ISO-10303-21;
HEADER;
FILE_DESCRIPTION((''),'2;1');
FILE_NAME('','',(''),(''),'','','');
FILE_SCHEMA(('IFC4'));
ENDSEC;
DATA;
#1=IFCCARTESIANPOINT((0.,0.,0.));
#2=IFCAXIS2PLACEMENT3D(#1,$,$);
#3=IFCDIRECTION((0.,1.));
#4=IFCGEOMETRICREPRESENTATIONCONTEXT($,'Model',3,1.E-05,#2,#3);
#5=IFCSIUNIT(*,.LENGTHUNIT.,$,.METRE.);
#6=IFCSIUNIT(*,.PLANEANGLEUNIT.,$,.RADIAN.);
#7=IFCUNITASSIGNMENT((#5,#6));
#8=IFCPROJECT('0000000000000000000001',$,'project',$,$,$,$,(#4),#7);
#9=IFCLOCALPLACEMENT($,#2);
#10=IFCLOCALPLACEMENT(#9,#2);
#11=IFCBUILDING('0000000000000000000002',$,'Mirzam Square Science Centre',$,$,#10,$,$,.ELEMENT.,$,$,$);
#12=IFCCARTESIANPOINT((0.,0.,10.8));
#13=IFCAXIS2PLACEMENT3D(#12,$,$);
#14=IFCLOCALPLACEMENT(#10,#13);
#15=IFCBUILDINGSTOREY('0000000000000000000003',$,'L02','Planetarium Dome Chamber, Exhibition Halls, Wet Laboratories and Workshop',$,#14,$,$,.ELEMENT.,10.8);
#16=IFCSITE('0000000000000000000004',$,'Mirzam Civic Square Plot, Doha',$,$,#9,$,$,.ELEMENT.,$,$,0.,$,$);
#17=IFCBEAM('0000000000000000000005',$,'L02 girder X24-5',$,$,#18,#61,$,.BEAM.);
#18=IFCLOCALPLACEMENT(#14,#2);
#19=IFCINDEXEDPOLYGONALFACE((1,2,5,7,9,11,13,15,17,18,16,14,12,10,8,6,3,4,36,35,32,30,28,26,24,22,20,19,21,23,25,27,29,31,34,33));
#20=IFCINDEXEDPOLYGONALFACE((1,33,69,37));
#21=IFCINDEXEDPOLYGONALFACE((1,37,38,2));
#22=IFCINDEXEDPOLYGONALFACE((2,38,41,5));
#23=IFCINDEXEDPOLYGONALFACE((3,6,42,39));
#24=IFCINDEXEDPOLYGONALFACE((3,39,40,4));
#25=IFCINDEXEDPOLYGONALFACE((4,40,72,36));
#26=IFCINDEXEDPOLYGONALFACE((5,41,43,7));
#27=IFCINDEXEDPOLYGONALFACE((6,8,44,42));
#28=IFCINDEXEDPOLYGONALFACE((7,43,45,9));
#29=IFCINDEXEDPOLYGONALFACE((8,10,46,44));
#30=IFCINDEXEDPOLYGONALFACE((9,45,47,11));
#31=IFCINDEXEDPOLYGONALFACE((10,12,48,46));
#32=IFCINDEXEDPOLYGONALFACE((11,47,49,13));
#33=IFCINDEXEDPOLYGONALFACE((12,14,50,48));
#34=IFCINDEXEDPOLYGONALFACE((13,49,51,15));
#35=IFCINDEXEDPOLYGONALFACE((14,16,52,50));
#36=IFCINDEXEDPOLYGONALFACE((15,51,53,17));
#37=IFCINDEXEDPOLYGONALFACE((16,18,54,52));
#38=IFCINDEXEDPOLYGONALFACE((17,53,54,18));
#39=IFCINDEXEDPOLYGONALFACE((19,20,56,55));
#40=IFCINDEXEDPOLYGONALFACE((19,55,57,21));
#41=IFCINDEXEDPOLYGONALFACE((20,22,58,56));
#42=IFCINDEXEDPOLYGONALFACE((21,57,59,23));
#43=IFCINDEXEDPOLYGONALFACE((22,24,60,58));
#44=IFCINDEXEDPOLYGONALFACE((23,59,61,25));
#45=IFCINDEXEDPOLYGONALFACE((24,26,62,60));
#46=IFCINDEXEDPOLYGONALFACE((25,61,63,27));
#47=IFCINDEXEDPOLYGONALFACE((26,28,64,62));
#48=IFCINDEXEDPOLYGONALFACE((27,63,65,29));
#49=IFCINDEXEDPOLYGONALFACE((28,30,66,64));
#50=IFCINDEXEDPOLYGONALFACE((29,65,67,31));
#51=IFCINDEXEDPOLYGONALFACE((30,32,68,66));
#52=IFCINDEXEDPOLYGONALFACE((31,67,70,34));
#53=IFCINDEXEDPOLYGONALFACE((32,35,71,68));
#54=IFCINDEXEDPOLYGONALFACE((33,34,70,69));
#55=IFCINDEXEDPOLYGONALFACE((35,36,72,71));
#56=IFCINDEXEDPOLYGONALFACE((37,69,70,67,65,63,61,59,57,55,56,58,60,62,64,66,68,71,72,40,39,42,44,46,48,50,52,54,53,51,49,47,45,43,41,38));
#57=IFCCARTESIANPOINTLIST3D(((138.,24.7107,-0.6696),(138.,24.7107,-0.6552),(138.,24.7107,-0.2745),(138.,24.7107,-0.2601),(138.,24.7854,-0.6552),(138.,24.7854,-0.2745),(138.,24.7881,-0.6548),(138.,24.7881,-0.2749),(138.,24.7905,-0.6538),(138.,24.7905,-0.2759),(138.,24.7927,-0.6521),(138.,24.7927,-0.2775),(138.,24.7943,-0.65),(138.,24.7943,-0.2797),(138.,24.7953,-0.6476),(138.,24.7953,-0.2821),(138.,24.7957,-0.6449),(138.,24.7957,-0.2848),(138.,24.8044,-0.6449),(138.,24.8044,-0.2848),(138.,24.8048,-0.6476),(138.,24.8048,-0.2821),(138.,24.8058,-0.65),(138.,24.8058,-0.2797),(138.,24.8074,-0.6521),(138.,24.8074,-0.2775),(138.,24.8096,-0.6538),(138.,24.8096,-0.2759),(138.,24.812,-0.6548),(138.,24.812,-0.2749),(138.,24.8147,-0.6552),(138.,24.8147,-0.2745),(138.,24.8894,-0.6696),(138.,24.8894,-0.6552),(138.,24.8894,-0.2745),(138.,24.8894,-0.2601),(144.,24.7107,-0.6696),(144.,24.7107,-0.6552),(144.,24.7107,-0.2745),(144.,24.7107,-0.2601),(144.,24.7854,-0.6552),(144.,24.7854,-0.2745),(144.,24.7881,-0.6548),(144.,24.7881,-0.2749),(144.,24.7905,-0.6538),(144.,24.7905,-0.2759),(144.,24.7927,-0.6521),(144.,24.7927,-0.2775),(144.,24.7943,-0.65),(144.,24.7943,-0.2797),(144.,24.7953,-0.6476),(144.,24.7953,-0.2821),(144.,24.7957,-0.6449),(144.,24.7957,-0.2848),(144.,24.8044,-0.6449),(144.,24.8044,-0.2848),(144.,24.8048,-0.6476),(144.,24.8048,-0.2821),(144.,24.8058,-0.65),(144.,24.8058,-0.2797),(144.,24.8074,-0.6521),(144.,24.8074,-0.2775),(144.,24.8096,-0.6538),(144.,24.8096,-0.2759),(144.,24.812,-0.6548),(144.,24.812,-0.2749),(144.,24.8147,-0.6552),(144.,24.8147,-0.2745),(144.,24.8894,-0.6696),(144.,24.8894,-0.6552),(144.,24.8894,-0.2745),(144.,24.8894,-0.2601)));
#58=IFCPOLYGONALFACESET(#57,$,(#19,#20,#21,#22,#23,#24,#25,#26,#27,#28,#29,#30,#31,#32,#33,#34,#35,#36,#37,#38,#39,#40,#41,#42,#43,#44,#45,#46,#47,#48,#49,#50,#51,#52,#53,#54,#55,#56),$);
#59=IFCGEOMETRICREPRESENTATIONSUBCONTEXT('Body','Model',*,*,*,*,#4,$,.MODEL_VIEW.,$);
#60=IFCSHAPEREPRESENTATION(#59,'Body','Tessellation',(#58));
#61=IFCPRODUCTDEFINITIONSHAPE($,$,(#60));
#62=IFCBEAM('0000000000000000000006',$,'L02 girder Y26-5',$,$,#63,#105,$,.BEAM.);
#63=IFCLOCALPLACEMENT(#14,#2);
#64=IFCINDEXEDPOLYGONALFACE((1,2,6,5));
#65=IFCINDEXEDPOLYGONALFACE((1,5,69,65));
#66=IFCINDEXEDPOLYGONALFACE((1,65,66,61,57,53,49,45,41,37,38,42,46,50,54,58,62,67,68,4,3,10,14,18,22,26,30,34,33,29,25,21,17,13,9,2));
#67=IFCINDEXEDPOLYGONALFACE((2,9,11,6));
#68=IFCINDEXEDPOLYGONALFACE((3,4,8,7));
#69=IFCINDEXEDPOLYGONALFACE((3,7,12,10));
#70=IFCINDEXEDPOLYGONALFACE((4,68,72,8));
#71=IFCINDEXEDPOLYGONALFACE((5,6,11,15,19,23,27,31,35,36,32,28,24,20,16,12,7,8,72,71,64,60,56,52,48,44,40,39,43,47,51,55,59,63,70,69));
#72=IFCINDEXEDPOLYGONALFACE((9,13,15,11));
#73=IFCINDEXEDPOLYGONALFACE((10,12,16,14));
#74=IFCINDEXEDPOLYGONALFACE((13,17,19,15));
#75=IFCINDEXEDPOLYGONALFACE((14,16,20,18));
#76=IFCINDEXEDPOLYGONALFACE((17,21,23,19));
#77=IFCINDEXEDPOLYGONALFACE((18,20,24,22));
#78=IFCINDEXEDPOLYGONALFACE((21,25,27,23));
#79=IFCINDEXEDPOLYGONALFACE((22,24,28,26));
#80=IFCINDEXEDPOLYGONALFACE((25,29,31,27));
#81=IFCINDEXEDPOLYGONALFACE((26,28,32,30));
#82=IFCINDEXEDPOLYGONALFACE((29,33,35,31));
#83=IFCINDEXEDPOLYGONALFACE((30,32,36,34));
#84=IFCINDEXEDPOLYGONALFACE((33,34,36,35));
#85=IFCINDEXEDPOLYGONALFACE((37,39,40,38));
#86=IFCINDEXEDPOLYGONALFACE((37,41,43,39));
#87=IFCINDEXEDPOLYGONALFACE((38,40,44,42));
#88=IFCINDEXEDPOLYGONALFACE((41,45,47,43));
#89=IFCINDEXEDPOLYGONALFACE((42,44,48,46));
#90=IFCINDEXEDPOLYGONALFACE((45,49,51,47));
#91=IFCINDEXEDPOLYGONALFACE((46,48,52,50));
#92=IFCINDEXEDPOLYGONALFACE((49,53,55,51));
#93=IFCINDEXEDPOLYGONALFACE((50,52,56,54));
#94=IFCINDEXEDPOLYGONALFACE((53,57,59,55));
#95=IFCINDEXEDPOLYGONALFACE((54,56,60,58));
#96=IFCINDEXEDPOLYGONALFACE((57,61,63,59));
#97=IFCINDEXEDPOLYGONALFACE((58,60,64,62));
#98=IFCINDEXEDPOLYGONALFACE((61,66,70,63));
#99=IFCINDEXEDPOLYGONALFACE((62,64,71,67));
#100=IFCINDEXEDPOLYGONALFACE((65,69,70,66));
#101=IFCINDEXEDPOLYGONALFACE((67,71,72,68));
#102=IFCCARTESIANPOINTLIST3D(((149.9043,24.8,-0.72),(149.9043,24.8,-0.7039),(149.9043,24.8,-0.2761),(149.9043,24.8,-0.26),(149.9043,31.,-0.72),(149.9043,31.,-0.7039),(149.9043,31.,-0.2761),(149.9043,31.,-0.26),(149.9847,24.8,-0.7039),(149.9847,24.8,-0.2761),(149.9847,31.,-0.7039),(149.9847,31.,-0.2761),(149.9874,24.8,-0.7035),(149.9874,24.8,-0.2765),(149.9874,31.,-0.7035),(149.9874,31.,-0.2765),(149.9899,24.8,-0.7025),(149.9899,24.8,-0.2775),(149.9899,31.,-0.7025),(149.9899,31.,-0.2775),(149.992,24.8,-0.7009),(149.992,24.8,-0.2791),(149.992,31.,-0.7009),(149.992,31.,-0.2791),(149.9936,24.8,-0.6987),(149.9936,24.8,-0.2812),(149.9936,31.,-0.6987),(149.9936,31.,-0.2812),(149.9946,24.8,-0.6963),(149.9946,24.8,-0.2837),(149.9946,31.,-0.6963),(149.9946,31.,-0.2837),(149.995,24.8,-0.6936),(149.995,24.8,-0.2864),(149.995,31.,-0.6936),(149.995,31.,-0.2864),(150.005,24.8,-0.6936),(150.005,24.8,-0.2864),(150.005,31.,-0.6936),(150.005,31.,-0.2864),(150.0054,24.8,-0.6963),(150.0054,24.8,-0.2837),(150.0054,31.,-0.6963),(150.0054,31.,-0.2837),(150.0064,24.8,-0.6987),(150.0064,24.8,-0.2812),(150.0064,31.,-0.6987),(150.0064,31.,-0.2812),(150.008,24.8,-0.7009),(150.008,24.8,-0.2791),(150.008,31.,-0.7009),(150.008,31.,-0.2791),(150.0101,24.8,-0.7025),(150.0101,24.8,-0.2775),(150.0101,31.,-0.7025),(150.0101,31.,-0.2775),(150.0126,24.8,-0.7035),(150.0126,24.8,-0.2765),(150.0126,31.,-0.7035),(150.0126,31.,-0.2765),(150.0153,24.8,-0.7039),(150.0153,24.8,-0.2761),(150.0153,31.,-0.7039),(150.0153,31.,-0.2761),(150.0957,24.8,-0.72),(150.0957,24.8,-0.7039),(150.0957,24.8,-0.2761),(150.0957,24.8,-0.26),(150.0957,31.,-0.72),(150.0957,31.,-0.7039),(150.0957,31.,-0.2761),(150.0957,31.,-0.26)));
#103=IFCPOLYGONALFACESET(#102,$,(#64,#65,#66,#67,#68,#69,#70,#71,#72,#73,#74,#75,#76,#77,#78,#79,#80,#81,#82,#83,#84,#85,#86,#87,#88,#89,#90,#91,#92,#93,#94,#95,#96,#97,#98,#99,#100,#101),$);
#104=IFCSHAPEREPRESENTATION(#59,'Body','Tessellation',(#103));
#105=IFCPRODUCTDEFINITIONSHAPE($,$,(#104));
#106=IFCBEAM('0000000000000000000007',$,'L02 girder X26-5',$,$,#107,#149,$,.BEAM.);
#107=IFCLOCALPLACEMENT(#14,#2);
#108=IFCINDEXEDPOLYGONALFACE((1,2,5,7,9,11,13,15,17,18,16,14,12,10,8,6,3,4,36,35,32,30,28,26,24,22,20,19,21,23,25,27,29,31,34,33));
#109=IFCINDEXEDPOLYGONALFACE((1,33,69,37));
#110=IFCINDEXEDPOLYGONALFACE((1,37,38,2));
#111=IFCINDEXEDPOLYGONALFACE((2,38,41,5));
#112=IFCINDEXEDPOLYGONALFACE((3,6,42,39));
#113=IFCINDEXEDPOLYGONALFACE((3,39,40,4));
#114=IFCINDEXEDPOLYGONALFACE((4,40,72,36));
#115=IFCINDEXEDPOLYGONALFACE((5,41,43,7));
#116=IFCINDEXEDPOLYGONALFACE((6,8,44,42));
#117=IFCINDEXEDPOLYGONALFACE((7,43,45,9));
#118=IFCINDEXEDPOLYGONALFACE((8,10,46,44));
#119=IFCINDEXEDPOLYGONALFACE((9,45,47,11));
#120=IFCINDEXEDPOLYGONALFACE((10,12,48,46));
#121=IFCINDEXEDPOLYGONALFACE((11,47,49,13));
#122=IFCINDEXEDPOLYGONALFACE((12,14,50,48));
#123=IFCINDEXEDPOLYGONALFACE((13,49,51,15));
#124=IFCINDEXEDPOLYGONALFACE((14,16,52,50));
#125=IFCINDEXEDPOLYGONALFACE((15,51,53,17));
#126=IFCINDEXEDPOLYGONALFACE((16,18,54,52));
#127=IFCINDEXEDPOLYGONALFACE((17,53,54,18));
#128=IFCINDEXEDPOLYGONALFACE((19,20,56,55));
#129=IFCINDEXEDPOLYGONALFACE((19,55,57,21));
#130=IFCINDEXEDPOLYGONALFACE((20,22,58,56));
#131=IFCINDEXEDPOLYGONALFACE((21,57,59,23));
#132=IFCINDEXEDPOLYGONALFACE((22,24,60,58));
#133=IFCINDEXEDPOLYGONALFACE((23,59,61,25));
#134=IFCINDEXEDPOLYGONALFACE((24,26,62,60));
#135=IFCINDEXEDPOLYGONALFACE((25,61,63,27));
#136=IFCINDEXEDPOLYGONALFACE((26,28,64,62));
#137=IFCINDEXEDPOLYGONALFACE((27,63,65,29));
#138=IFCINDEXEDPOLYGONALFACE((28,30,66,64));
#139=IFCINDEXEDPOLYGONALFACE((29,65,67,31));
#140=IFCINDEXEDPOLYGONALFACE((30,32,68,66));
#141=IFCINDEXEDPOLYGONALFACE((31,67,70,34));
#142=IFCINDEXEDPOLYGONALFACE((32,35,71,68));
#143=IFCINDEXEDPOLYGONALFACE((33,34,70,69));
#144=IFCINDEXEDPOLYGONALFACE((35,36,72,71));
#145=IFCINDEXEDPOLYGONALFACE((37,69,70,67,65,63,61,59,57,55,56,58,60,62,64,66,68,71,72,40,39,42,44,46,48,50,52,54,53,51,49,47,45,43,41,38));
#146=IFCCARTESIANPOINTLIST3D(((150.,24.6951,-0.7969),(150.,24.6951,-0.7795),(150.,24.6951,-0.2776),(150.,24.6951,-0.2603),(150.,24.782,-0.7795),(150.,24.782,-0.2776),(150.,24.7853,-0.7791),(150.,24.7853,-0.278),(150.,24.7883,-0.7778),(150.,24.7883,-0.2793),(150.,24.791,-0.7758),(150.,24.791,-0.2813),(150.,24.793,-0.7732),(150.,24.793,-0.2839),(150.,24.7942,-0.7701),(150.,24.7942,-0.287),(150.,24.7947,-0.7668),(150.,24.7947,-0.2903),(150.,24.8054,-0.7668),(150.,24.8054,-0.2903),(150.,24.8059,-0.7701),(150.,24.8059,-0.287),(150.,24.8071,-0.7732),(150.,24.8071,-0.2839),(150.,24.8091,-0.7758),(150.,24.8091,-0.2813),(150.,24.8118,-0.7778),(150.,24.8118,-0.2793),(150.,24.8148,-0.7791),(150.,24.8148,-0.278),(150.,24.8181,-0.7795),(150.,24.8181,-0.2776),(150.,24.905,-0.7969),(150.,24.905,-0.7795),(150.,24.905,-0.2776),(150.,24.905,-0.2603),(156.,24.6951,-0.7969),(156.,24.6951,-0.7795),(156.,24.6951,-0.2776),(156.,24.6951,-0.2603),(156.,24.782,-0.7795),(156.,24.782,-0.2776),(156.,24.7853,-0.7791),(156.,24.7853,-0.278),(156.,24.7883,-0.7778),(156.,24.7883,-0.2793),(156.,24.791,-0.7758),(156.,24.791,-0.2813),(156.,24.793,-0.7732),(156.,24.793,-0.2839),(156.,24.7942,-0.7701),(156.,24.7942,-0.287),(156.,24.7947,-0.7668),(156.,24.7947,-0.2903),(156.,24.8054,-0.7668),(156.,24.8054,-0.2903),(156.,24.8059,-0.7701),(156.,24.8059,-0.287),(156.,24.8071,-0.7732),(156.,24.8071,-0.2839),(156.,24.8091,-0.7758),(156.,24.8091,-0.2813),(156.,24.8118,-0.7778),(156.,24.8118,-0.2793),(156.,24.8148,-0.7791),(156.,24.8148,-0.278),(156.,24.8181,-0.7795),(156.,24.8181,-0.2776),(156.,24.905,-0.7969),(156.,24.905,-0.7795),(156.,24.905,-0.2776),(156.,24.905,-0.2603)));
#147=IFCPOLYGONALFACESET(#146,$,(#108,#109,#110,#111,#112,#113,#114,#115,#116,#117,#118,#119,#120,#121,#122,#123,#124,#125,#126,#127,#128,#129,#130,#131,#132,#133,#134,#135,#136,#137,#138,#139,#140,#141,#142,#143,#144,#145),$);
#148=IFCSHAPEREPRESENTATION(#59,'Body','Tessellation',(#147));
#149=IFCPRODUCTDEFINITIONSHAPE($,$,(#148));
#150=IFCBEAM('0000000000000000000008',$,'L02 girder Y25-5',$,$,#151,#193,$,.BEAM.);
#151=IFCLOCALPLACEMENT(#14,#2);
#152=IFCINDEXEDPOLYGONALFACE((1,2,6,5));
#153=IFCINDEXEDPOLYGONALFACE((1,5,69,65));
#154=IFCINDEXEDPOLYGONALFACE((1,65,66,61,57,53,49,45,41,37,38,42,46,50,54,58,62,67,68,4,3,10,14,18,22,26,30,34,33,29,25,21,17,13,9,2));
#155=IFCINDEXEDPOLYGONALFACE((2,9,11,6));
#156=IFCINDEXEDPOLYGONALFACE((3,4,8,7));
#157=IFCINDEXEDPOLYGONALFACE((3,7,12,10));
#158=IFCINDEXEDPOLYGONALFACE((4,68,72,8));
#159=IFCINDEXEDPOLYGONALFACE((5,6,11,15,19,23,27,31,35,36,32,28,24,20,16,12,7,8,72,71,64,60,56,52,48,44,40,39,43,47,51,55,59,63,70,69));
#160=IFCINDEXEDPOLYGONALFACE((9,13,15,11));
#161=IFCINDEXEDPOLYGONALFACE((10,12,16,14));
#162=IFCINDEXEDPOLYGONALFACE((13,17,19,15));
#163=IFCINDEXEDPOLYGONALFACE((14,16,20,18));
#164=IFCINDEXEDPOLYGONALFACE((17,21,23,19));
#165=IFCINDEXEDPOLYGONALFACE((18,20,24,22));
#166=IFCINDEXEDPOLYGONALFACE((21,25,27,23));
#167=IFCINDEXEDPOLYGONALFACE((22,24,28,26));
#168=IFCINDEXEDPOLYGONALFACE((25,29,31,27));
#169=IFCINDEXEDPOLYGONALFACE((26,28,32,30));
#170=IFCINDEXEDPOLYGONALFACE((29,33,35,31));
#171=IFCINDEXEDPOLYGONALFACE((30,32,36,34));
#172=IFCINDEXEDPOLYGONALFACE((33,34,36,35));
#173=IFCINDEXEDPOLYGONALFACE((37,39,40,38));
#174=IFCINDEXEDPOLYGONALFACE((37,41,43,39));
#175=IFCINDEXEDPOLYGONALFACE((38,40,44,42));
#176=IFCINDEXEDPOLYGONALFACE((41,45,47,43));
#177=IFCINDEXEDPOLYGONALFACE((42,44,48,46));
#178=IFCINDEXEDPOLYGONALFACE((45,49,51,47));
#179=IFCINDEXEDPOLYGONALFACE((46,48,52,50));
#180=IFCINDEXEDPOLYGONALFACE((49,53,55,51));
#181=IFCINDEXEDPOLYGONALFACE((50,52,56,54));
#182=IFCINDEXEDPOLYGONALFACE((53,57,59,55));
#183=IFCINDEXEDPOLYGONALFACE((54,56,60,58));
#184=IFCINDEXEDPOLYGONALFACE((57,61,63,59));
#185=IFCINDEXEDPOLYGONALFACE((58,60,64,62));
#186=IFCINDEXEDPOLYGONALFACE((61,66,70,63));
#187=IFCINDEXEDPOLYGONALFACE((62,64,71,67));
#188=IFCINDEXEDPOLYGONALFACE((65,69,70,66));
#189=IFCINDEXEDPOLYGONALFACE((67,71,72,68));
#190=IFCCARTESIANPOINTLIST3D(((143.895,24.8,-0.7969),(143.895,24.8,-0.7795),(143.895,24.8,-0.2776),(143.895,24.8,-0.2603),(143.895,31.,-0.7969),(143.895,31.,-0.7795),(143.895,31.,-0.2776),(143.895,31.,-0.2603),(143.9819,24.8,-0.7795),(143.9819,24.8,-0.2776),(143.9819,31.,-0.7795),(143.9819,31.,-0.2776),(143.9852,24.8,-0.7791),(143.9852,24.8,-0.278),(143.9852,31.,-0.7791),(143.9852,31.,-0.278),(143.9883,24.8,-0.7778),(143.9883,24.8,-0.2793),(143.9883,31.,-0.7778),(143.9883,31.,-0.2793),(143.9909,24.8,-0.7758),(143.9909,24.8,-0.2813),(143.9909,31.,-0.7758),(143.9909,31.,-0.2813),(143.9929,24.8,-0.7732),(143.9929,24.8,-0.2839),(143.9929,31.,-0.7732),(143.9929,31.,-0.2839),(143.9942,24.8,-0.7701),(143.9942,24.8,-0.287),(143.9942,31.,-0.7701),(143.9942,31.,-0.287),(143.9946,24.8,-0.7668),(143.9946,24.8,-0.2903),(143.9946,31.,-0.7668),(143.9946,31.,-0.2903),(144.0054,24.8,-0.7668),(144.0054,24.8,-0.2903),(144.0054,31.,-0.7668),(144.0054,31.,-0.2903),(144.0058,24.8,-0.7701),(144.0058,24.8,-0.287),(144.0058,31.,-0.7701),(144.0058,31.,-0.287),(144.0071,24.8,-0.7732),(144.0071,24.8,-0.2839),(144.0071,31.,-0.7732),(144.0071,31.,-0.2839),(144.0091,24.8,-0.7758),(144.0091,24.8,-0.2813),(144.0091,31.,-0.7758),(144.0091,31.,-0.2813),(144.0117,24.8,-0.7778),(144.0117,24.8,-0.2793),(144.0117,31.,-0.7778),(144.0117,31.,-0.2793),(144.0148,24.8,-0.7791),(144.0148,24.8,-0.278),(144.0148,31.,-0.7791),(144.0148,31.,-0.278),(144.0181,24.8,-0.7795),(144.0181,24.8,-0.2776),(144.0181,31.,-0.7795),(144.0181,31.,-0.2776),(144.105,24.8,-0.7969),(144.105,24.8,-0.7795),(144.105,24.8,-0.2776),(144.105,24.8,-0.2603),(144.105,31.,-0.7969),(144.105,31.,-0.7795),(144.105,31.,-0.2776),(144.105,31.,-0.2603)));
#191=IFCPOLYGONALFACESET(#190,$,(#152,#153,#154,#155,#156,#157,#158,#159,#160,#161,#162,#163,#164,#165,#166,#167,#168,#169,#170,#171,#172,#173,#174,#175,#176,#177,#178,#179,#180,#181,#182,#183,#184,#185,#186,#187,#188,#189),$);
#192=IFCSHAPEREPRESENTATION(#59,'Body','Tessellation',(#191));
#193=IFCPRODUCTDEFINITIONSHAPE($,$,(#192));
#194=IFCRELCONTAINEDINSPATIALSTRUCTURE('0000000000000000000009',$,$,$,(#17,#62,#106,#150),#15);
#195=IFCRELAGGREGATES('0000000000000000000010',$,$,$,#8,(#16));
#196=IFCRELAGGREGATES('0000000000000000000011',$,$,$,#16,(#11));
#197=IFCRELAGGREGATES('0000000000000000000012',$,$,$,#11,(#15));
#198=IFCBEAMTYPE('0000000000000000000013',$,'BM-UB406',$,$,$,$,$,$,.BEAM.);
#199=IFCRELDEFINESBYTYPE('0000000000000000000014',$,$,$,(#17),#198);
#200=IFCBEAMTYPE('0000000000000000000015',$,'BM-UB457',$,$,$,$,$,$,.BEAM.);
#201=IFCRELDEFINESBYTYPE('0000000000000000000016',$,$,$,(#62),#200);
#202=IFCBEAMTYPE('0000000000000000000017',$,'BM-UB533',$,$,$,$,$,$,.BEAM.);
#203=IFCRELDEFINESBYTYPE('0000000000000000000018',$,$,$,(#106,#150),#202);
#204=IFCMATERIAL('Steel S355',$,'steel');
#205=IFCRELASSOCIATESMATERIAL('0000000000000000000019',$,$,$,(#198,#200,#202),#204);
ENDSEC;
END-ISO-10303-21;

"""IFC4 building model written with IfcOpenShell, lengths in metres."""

from ifc_helpers import new_model, si_unit, direction, frame, origin, origin_2d, place, context, subcontext, project, spatial, i_section, extrude, material, material_profile, profile_set, type_object, element, save


model = new_model("IFC4")

# Units and contexts
model_context = context("Model", 3, precision=1e-05, world=origin(), true_north=direction((0.0, 1.0)))
body_context = subcontext(model_context, "Body", "Model", "MODEL_VIEW")
ifc_project = project(units=[si_unit("LENGTHUNIT", "METRE"), si_unit("PLANEANGLEUNIT", "RADIAN")], contexts=[model_context])

# Site, building, storey
site_placement = place(None, origin())
site = spatial("IfcSite", under=ifc_project, at=site_placement, Name="Mirzam Civic Square Plot, Doha", CompositionType="ELEMENT", RefElevation=0.0)
building_placement = place(site_placement, origin())
building = spatial("IfcBuilding", under=site, at=building_placement, Name="Mirzam Square Science Centre", CompositionType="ELEMENT")
storey_placement = place(building_placement, frame((0.0, 0.0, 10.8)))
storey = spatial("IfcBuildingStorey", under=building, at=storey_placement, Name="L02", Description="Planetarium Dome Chamber, Exhibition Halls, Wet Laboratories and Workshop", CompositionType="ELEMENT", Elevation=10.8)

# Shared definitions
ifc_material_1 = material(Name="Steel S355", Category="steel")

# Beams
ifc_material_profile_1 = material_profile(ifc_material_1, i_section(OverallWidth=0.1787, OverallDepth=0.4094, WebThickness=0.0088, FlangeThickness=0.0144, FilletRadius=0.0103, at=origin_2d()), Name="406x178x67UB")
ifc_profile_set_1 = profile_set([ifc_material_profile_1], Name="Steel S355")
beam_type_1 = type_object("IfcBeamType", Name="BM-UB406", PredefinedType="BEAM", material=ifc_profile_set_1)
beam_1_placement = place(storey_placement, frame((138.0, 24.8, -0.4648), z_axis=(1.0, 0.0, 0.0), x_axis=(0.0, 1.0, 0.0)))
element("IfcBeam", 1, at=beam_1_placement, inside=storey, type_object=beam_type_1, Name="L02 girder X24-5", PredefinedType="BEAM", context=body_context, shape_type="SweptSolid", body=[
    extrude(i_section(OverallWidth=0.1787, OverallDepth=0.4094, WebThickness=0.0088, FlangeThickness=0.0144, FilletRadius=0.0103, at=origin_2d()), origin(), (0.0, 0.0, 1.0), 6.0),
])
ifc_material_profile_2 = material_profile(ifc_material_1, i_section(OverallWidth=0.1914, OverallDepth=0.46, WebThickness=0.01, FlangeThickness=0.0161, FilletRadius=0.0103, at=origin_2d()), Name="457x191x82UB")
ifc_profile_set_2 = profile_set([ifc_material_profile_2], Name="Steel S355")
beam_type_2 = type_object("IfcBeamType", Name="BM-UB457", PredefinedType="BEAM", material=ifc_profile_set_2)
beam_2_placement = place(storey_placement, frame((150.0, 24.8, -0.49), z_axis=(0.0, 1.0, 0.0), x_axis=(-1.0, 0.0, 0.0)))
element("IfcBeam", 2, at=beam_2_placement, inside=storey, type_object=beam_type_2, Name="L02 girder Y26-5", PredefinedType="BEAM", context=body_context, shape_type="SweptSolid", body=[
    extrude(i_section(OverallWidth=0.1914, OverallDepth=0.46, WebThickness=0.01, FlangeThickness=0.0161, FilletRadius=0.0103, at=origin_2d()), origin(), (0.0, 0.0, 1.0), 6.2),
])
ifc_material_profile_3 = material_profile(ifc_material_1, i_section(OverallWidth=0.21, OverallDepth=0.5366, WebThickness=0.0107, FlangeThickness=0.0173, FilletRadius=0.0127, at=origin_2d()), Name="533x210x101UB")
ifc_profile_set_3 = profile_set([ifc_material_profile_3], Name="Steel S355")
beam_type_3 = type_object("IfcBeamType", Name="BM-UB533", PredefinedType="BEAM", material=ifc_profile_set_3)
beam_3_placement = place(storey_placement, frame((150.0, 24.8, -0.5286), z_axis=(1.0, 0.0, 0.0), x_axis=(0.0, 1.0, 0.0)))
element("IfcBeam", 3, at=beam_3_placement, inside=storey, type_object=beam_type_3, Name="L02 girder X26-5", PredefinedType="BEAM", context=body_context, shape_type="SweptSolid", body=[
    extrude(i_section(OverallWidth=0.21, OverallDepth=0.5366, WebThickness=0.0107, FlangeThickness=0.0173, FilletRadius=0.0127, at=origin_2d()), origin(), (0.0, 0.0, 1.0), 6.0),
])
beam_4_placement = place(storey_placement, frame((144.0, 24.8, -0.5286), z_axis=(0.0, 1.0, 0.0), x_axis=(-1.0, 0.0, 0.0)))
element("IfcBeam", 4, at=beam_4_placement, inside=storey, type_object=beam_type_3, Name="L02 girder Y25-5", PredefinedType="BEAM", context=body_context, shape_type="SweptSolid", body=[
    extrude(i_section(OverallWidth=0.21, OverallDepth=0.5366, WebThickness=0.0107, FlangeThickness=0.0173, FilletRadius=0.0127, at=origin_2d()), origin(), (0.0, 0.0, 1.0), 6.2),
])

save(model, "model.ifc")
